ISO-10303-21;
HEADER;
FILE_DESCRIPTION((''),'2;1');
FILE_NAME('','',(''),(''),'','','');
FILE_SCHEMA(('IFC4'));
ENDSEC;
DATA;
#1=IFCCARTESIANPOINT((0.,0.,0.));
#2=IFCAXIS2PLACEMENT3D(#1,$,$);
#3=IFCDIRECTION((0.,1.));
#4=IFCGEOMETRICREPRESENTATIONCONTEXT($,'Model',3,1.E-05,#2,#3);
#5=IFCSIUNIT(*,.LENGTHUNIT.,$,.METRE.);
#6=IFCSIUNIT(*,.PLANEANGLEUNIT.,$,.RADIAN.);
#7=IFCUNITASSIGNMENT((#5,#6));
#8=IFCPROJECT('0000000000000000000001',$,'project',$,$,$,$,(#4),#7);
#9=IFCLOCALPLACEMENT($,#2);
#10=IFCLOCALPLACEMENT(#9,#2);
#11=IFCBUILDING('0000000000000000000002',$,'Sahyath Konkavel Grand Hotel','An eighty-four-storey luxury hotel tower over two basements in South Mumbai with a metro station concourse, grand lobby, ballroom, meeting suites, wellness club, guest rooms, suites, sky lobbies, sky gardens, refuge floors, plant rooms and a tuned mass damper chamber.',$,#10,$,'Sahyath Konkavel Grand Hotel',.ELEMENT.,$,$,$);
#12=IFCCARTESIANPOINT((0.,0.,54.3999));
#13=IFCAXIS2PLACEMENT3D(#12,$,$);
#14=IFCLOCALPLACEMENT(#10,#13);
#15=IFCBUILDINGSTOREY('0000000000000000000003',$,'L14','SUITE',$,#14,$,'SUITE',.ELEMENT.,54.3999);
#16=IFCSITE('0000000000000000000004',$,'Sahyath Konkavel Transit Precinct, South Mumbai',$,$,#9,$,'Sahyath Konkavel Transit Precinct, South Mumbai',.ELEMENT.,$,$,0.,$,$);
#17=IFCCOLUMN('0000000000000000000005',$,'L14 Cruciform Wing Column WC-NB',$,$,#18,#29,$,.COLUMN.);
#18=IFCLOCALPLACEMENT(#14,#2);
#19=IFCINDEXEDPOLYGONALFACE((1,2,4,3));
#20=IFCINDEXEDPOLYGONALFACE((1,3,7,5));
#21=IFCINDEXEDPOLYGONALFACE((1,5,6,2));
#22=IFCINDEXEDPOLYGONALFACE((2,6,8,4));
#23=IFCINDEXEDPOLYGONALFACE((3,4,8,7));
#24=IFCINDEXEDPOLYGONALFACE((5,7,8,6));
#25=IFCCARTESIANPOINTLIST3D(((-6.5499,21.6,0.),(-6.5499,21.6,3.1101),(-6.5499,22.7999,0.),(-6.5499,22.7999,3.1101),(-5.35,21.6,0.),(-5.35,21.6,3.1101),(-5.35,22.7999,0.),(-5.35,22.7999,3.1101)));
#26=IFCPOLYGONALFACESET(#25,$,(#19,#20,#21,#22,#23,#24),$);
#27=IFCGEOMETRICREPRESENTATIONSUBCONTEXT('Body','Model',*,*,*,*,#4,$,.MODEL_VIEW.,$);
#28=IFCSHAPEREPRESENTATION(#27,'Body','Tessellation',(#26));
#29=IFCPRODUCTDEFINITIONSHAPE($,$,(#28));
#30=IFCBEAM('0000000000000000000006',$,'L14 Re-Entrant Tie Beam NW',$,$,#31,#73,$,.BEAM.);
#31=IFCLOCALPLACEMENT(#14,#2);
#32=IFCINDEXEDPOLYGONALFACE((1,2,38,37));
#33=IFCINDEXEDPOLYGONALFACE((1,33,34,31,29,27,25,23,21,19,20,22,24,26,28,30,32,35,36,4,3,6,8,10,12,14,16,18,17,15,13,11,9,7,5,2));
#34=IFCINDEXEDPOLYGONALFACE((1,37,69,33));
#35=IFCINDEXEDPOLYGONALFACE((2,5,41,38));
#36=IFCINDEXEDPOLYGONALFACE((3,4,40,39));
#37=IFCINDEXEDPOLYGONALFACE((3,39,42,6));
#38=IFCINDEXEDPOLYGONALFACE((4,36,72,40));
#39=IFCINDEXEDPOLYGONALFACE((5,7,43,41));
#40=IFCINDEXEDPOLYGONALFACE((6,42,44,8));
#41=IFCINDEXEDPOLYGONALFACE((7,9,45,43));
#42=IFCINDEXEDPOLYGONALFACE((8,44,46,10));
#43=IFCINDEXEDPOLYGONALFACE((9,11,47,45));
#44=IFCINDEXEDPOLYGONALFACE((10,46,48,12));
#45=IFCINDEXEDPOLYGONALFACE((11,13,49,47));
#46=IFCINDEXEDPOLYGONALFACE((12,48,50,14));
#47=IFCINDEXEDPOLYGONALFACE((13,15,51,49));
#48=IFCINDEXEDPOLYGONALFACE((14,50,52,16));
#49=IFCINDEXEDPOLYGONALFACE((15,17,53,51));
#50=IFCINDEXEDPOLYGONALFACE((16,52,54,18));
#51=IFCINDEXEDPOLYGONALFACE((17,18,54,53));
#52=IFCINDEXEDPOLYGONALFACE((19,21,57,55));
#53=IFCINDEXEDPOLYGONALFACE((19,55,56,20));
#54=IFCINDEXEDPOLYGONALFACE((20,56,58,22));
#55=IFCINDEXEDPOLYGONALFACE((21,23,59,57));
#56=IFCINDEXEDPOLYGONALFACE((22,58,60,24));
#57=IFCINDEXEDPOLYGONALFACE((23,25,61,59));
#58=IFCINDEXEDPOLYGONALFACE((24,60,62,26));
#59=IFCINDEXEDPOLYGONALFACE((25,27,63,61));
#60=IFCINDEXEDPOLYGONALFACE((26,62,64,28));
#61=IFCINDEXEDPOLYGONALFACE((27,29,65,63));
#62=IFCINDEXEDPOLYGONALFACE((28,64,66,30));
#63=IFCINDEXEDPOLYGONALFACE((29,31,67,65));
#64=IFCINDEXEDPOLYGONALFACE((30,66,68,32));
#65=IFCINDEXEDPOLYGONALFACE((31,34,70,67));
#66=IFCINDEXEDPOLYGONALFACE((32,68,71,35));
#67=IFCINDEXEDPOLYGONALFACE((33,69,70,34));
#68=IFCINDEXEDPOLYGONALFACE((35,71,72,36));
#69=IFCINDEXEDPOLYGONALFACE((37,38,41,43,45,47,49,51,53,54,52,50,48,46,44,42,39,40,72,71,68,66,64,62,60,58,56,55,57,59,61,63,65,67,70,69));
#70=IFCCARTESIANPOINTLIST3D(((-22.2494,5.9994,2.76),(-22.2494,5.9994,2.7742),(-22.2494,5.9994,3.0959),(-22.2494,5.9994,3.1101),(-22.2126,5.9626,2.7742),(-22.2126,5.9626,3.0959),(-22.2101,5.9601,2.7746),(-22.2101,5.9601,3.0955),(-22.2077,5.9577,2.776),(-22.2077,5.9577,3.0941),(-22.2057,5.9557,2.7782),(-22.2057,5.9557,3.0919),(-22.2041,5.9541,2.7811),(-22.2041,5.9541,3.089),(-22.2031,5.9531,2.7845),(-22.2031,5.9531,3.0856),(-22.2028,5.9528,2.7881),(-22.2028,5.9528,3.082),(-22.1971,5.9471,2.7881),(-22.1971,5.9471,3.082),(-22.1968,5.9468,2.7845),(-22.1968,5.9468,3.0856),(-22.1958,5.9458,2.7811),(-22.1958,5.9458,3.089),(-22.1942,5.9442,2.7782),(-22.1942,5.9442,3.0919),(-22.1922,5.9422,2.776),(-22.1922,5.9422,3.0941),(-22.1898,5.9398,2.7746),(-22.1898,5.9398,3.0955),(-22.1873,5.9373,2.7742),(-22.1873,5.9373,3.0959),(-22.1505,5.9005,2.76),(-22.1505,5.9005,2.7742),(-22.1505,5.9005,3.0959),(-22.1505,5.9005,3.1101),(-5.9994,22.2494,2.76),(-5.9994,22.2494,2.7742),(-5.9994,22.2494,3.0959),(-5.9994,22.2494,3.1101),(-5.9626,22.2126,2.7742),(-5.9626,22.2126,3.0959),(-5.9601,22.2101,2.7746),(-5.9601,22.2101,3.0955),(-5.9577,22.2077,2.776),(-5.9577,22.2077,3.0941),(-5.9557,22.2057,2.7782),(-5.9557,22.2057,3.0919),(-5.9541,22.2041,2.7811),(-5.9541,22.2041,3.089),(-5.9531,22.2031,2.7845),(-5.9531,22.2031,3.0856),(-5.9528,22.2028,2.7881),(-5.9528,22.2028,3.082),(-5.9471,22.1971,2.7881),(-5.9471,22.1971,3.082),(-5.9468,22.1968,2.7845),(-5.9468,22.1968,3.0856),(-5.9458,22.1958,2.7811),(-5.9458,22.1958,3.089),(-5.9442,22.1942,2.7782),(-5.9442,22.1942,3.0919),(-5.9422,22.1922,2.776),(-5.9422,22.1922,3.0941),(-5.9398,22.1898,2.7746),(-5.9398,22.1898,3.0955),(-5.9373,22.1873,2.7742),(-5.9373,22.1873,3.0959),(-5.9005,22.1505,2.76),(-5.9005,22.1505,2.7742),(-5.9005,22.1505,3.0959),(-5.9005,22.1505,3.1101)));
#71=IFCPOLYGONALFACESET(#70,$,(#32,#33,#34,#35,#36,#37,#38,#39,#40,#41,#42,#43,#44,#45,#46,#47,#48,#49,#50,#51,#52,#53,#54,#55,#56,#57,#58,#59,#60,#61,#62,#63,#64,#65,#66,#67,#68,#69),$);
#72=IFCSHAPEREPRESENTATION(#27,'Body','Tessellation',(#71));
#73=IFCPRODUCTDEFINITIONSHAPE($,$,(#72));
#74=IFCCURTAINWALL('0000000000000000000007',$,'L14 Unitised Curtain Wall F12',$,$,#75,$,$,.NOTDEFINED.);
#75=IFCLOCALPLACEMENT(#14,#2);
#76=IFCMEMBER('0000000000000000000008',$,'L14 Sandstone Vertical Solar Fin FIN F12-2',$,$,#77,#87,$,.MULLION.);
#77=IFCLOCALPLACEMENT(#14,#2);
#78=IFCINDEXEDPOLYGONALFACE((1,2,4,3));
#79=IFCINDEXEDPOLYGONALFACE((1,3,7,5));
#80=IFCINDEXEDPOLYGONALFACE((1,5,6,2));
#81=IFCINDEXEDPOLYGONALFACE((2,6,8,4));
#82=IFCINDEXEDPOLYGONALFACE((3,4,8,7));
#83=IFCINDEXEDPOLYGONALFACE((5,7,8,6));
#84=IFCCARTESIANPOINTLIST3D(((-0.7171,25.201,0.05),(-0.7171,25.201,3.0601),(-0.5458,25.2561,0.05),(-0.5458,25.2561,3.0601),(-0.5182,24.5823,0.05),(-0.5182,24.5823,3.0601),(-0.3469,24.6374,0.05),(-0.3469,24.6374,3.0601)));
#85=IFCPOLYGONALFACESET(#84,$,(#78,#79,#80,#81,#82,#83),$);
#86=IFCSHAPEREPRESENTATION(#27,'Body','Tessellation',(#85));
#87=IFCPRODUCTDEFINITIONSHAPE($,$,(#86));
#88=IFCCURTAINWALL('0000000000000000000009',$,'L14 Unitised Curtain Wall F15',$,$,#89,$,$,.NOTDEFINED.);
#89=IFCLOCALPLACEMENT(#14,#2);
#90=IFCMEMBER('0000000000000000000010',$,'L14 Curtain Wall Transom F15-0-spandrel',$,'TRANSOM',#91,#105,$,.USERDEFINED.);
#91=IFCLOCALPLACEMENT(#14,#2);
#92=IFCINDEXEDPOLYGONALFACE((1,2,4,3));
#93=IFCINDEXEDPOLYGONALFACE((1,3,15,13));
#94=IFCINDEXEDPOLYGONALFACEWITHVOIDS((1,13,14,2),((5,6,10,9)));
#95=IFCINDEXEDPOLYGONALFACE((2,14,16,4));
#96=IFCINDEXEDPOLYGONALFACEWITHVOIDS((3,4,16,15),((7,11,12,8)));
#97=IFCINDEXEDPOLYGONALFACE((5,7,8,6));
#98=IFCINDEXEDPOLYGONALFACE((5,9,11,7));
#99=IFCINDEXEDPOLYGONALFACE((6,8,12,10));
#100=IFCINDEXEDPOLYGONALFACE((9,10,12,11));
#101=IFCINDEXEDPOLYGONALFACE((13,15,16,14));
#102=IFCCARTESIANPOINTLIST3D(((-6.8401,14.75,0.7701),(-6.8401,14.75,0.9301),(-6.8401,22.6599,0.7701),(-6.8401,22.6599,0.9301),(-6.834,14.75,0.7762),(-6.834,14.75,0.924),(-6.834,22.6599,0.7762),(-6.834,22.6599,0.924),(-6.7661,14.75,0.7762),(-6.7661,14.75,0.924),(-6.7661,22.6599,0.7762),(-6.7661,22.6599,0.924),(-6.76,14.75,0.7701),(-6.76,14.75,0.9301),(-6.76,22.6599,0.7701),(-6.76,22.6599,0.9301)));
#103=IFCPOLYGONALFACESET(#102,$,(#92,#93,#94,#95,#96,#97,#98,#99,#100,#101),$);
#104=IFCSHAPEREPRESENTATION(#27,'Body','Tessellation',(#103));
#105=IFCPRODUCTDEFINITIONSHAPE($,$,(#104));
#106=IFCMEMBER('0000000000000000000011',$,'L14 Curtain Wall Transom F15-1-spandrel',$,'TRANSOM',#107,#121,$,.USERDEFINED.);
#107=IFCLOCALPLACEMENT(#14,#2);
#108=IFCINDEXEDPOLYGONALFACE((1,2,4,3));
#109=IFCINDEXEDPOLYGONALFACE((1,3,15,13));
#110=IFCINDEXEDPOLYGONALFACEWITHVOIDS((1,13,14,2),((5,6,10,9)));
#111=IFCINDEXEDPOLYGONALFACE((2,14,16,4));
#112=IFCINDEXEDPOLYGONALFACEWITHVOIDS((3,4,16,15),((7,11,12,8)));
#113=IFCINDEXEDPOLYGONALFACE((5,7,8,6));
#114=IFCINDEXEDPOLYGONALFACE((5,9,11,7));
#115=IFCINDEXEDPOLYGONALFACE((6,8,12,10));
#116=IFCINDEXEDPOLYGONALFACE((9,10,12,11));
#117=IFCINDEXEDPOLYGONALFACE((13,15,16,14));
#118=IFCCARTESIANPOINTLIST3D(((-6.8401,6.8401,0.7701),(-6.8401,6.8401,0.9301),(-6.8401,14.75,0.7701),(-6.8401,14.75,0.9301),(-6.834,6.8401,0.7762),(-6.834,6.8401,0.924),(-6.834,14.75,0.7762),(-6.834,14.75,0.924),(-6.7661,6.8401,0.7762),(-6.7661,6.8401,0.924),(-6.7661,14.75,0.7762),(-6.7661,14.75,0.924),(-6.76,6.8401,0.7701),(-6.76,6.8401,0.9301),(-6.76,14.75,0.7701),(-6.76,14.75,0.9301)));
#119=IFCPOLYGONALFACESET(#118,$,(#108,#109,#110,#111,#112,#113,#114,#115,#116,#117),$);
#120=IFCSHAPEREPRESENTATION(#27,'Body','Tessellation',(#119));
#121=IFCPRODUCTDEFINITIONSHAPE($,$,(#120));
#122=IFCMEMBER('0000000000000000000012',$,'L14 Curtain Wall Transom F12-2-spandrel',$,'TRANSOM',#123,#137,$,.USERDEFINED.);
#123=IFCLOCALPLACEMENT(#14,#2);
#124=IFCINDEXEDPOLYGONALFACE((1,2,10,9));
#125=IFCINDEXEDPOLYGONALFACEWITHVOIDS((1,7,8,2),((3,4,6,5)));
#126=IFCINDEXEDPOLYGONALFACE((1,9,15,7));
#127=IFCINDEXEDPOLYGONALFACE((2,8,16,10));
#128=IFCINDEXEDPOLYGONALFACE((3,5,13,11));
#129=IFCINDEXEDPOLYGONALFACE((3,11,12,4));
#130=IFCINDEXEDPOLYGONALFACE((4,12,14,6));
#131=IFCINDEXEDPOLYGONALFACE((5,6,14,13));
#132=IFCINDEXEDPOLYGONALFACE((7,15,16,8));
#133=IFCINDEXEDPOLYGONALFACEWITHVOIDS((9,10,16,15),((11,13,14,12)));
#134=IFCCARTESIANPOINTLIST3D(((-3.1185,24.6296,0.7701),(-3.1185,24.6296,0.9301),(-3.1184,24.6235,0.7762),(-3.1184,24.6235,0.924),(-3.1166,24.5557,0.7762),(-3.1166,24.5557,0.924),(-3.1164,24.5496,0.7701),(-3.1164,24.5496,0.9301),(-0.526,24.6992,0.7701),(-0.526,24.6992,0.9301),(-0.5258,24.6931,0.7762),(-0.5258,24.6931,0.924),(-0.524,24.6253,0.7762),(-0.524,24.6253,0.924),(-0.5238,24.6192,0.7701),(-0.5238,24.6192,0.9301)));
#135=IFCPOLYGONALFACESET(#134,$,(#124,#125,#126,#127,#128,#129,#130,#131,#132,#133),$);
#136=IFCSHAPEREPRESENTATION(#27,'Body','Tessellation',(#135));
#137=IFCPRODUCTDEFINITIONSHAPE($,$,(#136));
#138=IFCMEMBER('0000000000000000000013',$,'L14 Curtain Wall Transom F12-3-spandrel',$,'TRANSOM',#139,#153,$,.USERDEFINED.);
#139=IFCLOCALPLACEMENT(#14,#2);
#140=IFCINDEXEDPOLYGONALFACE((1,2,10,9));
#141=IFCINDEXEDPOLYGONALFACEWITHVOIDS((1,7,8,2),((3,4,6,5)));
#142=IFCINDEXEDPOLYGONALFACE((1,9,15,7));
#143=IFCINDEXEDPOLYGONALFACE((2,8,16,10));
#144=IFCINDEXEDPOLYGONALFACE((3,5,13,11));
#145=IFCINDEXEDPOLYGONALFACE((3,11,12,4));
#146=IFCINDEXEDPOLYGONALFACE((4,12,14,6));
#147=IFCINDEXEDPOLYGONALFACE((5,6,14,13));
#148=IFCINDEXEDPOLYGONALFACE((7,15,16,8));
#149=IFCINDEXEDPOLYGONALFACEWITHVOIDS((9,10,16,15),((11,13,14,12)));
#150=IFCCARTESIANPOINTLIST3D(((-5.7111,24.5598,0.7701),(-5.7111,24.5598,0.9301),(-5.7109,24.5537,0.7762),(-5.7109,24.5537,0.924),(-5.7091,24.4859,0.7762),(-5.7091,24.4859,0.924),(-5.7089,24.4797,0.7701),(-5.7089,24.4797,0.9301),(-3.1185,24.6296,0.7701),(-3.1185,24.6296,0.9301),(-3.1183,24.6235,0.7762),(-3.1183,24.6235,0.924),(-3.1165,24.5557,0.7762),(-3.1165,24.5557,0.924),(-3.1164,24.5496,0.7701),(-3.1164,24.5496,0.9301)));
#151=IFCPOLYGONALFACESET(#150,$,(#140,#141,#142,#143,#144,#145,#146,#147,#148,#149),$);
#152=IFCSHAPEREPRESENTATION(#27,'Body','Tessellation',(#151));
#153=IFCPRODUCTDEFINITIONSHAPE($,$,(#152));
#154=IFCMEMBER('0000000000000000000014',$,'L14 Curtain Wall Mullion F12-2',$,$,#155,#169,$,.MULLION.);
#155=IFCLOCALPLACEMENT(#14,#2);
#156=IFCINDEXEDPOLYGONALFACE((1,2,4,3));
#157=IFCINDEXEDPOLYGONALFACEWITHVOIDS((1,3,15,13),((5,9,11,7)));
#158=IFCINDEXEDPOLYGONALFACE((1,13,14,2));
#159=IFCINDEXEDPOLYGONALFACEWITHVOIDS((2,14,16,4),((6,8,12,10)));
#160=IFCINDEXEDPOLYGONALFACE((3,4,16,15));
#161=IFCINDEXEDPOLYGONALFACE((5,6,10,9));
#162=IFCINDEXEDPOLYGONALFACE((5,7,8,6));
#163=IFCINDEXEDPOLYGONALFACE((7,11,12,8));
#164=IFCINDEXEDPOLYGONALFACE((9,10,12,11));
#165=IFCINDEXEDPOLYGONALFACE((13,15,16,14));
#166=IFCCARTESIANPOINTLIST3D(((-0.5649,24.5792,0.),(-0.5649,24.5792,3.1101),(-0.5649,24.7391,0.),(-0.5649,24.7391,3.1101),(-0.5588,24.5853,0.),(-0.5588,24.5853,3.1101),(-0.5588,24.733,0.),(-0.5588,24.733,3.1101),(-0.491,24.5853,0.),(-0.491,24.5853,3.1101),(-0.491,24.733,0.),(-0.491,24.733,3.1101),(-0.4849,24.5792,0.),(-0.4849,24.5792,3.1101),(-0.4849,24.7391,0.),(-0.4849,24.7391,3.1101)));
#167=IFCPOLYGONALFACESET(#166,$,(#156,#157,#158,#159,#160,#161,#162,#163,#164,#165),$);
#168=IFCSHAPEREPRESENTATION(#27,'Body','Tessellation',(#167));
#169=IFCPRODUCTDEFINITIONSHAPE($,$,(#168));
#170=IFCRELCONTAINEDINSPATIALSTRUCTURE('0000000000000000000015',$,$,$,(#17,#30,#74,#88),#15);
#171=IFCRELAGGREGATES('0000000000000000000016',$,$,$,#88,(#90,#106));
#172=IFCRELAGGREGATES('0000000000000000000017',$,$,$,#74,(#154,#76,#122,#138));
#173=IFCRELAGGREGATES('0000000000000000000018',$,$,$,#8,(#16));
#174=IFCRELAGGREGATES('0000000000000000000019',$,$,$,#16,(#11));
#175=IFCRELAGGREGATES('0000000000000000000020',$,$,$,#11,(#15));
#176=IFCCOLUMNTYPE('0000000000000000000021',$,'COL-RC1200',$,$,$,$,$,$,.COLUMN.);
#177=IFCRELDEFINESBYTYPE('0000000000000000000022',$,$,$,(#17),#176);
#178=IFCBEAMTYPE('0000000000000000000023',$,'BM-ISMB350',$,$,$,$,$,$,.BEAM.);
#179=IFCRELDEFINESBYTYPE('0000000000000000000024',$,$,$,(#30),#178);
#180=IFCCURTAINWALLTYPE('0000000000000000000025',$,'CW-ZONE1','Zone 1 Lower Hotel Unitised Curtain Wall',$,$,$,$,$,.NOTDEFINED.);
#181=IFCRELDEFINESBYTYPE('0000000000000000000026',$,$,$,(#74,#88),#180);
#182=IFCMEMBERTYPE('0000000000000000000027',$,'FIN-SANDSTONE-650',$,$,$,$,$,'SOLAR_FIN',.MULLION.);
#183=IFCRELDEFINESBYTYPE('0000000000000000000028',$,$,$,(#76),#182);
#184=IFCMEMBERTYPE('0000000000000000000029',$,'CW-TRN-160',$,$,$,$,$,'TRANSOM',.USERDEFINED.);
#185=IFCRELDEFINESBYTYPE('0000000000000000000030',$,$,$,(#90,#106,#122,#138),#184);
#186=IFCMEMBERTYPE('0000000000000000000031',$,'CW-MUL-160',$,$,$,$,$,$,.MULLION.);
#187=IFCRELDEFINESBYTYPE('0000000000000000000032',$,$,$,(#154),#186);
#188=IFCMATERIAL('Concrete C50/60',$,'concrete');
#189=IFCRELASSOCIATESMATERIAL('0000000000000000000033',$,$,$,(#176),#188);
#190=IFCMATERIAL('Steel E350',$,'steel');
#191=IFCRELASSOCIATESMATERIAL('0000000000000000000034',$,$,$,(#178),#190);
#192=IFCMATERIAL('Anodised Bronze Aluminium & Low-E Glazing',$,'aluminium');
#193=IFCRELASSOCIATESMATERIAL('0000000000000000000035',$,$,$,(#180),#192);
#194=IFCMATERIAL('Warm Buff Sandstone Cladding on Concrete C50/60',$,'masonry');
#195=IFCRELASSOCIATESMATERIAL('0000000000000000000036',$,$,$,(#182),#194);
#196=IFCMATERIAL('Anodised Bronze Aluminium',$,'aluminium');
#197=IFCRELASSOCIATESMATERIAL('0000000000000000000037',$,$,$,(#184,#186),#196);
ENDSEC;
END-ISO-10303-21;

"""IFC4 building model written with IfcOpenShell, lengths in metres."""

from ifc_helpers import new_model, si_unit, direction, frame, origin, origin_2d, place, context, subcontext, project, spatial, rectangle, hollow_rectangle, i_section, extrude, source, transform, mapped, material, material_profile, profile_set, type_object, element, aggregate, save


model = new_model("IFC4")

# Units and contexts
model_context = context("Model", 3, precision=1e-05, world=origin(), true_north=direction((0.0, 1.0)))
body_context = subcontext(model_context, "Body", "Model", "MODEL_VIEW")
ifc_project = project(units=[si_unit("LENGTHUNIT", "METRE"), si_unit("PLANEANGLEUNIT", "RADIAN")], contexts=[model_context])

# Site, building, storey
site_placement = place(None, origin())
site = spatial("IfcSite", under=ifc_project, at=site_placement, Name="Sahyath Konkavel Transit Precinct, South Mumbai", LongName="Sahyath Konkavel Transit Precinct, South Mumbai", CompositionType="ELEMENT", RefElevation=0.0)
building_placement = place(site_placement, origin())
building = spatial("IfcBuilding", under=site, at=building_placement, Name="Sahyath Konkavel Grand Hotel", Description="An eighty-four-storey luxury hotel tower over two basements in South Mumbai with a metro station concourse, grand lobby, ballroom, meeting suites, wellness club, guest rooms, suites, sky lobbies, sky gardens, refuge floors, plant rooms and a tuned mass damper chamber.", LongName="Sahyath Konkavel Grand Hotel", CompositionType="ELEMENT")
storey_placement = place(building_placement, frame((0.0, 0.0, 54.3999)))
storey = spatial("IfcBuildingStorey", under=building, at=storey_placement, Name="L14", Description="SUITE", LongName="SUITE", CompositionType="ELEMENT", Elevation=54.3999)

# Column
ifc_material_1 = material(Name="Concrete C50/60", Category="concrete")
ifc_material_profile_1 = material_profile(ifc_material_1, rectangle(XDim=1.2, YDim=1.2, at=origin_2d()), Name="RC 1200x1200")
ifc_profile_set_1 = profile_set([ifc_material_profile_1], Name="Concrete C50/60")
column_type = type_object("IfcColumnType", Name="COL-RC1200", PredefinedType="COLUMN", material=ifc_profile_set_1)
shared_shape_1 = source(origin(), body_context, "Body", "SweptSolid", [
    extrude(rectangle(XDim=1.2, YDim=1.2, at=origin_2d()), origin(), (0.0, 0.0, 1.0), 3.1101),
])
column_placement = place(storey_placement, frame((-5.95, 22.2, 0.0), z_axis=(0.0, 0.0, 1.0), x_axis=(1.0, 0.0, 0.0)))
element("IfcColumn", 1, at=column_placement, inside=storey, type_object=column_type, Name="L14 Cruciform Wing Column WC-NB", PredefinedType="COLUMN", context=body_context, shape_type="MappedRepresentation", body=[
    mapped(shared_shape_1, transform((0.0, 0.0, 0.0), scale=1.0)),
])

# Beam
ifc_material_2 = material(Name="Steel E350", Category="steel")
ifc_material_profile_2 = material_profile(ifc_material_2, i_section(OverallWidth=0.1399, OverallDepth=0.3501, WebThickness=0.0081, FlangeThickness=0.0142, FilletRadius=0.0139, at=origin_2d()), Name="ISMB 350")
ifc_profile_set_2 = profile_set([ifc_material_profile_2], Name="Steel E350")
beam_type = type_object("IfcBeamType", Name="BM-ISMB350", PredefinedType="BEAM", material=ifc_profile_set_2)
shared_shape_2 = source(origin(), body_context, "Body", "SweptSolid", [
    extrude(i_section(OverallWidth=0.1399, OverallDepth=0.3501, WebThickness=0.0081, FlangeThickness=0.0142, FilletRadius=0.0139, at=origin_2d()), origin(), (0.0, 0.0, 1.0), 22.981),
])
beam_placement = place(storey_placement, frame((-5.95, 22.2, 2.9351), z_axis=(-0.707107, -0.707107, 0.0), x_axis=(0.707107, -0.707107, 0.0)))
element("IfcBeam", 2, at=beam_placement, inside=storey, type_object=beam_type, Name="L14 Re-Entrant Tie Beam NW", PredefinedType="BEAM", context=body_context, shape_type="MappedRepresentation", body=[
    mapped(shared_shape_2, transform((0.0, 0.0, 0.0), scale=1.0)),
])

# Curtain wall, member
ifc_material_3 = material(Name="Anodised Bronze Aluminium & Low-E Glazing", Category="aluminium")
curtain_wall_type = type_object("IfcCurtainWallType", Name="CW-ZONE1", Description="Zone 1 Lower Hotel Unitised Curtain Wall", PredefinedType="NOTDEFINED", material=ifc_material_3)
curtain_wall_1_placement = place(storey_placement, origin())
curtain_wall_1 = element("IfcCurtainWall", 3, at=curtain_wall_1_placement, inside=storey, type_object=curtain_wall_type, Name="L14 Unitised Curtain Wall F12", PredefinedType="NOTDEFINED")
ifc_material_4 = material(Name="Warm Buff Sandstone Cladding on Concrete C50/60", Category="masonry")
ifc_material_profile_3 = material_profile(ifc_material_4, rectangle(XDim=0.1799, YDim=0.6499, at=origin_2d()), Name="FIN 180x650")
ifc_profile_set_3 = profile_set([ifc_material_profile_3], Name="Warm Buff Sandstone Cladding on Concrete C50/60")
member_type_1 = type_object("IfcMemberType", Name="FIN-SANDSTONE-650", ElementType="SOLAR_FIN", PredefinedType="MULLION", material=ifc_profile_set_3)
shared_shape_3 = source(origin(), body_context, "Body", "SweptSolid", [
    extrude(rectangle(XDim=0.1799, YDim=0.6499, at=origin_2d()), origin(), (0.0, 0.0, 1.0), 3.01),
])
member_1_placement = place(storey_placement, frame((-0.532, 24.9192, 0.05), z_axis=(0.0, 0.0, 1.0), x_axis=(0.952023, 0.306028, 0.0)))
member_1 = element("IfcMember", 4, at=member_1_placement, type_object=member_type_1, Name="L14 Sandstone Vertical Solar Fin FIN F12-2", PredefinedType="MULLION", context=body_context, shape_type="MappedRepresentation", body=[
    mapped(shared_shape_3, transform((0.0, 0.0, 0.0), scale=1.0)),
])

# Curtain wall, members
curtain_wall_2_placement = place(storey_placement, origin())
curtain_wall_2 = element("IfcCurtainWall", 5, at=curtain_wall_2_placement, inside=storey, type_object=curtain_wall_type, Name="L14 Unitised Curtain Wall F15", PredefinedType="NOTDEFINED")
ifc_material_5 = material(Name="Anodised Bronze Aluminium", Category="aluminium")
ifc_material_profile_4 = material_profile(ifc_material_5, hollow_rectangle(XDim=0.0801, YDim=0.1599, WallThickness=0.0061, at=origin_2d()), Name="RHS 160x80x6")
ifc_profile_set_4 = profile_set([ifc_material_profile_4], Name="Anodised Bronze Aluminium")
member_type_2 = type_object("IfcMemberType", Name="CW-TRN-160", ElementType="TRANSOM", PredefinedType="USERDEFINED", material=ifc_profile_set_4)
shared_shape_4 = source(origin(), body_context, "Body", "SweptSolid", [
    extrude(hollow_rectangle(XDim=0.0801, YDim=0.1599, WallThickness=0.0061, at=origin_2d()), origin(), (0.0, 0.0, 1.0), 7.9099),
])
member_2_placement = place(storey_placement, frame((-6.8, 22.6599, 0.8501), z_axis=(0.0, -1.0, 0.0), x_axis=(1.0, 0.0, 0.0)))
member_2 = element("IfcMember", 6, at=member_2_placement, type_object=member_type_2, Name="L14 Curtain Wall Transom F15-0-spandrel", ObjectType="TRANSOM", PredefinedType="USERDEFINED", context=body_context, shape_type="MappedRepresentation", body=[
    mapped(shared_shape_4, transform((0.0, 0.0, 0.0), scale=1.0)),
])
member_3_placement = place(storey_placement, frame((-6.8, 14.75, 0.8501), z_axis=(0.0, -1.0, 0.0), x_axis=(1.0, 0.0, 0.0)))
member_3 = element("IfcMember", 7, at=member_3_placement, type_object=member_type_2, Name="L14 Curtain Wall Transom F15-1-spandrel", ObjectType="TRANSOM", PredefinedType="USERDEFINED", context=body_context, shape_type="MappedRepresentation", body=[
    mapped(shared_shape_4, transform((0.0, 0.0, 0.0), scale=1.0)),
])

# Members
shared_shape_5 = source(origin(), body_context, "Body", "SweptSolid", [
    extrude(hollow_rectangle(XDim=0.0801, YDim=0.1599, WallThickness=0.0061, at=origin_2d()), origin(), (0.0, 0.0, 1.0), 2.5935),
])
member_4_placement = place(storey_placement, frame((-0.5249, 24.6592, 0.8501), z_axis=(-0.99964, -0.026829, 0.0), x_axis=(0.026829, -0.99964, 0.0)))
member_4 = element("IfcMember", 8, at=member_4_placement, type_object=member_type_2, Name="L14 Curtain Wall Transom F12-2-spandrel", ObjectType="TRANSOM", PredefinedType="USERDEFINED", context=body_context, shape_type="MappedRepresentation", body=[
    mapped(shared_shape_5, transform((0.0, 0.0, 0.0), scale=1.0)),
])
member_5_placement = place(storey_placement, frame((-3.1174, 24.5896, 0.8501), z_axis=(-0.999638, -0.026923, 0.0), x_axis=(0.026923, -0.999638, 0.0)))
member_5 = element("IfcMember", 9, at=member_5_placement, type_object=member_type_2, Name="L14 Curtain Wall Transom F12-3-spandrel", ObjectType="TRANSOM", PredefinedType="USERDEFINED", context=body_context, shape_type="MappedRepresentation", body=[
    mapped(shared_shape_5, transform((0.0, 0.0, 0.0), scale=1.0)),
])
ifc_material_profile_5 = material_profile(ifc_material_5, hollow_rectangle(XDim=0.0801, YDim=0.1599, WallThickness=0.0061, at=origin_2d()), Name="RHS 160x80x6")
ifc_profile_set_5 = profile_set([ifc_material_profile_5], Name="Anodised Bronze Aluminium")
member_type_3 = type_object("IfcMemberType", Name="CW-MUL-160", PredefinedType="MULLION", material=ifc_profile_set_5)
shared_shape_6 = source(origin(), body_context, "Body", "SweptSolid", [
    extrude(hollow_rectangle(XDim=0.0801, YDim=0.1599, WallThickness=0.0061, at=origin_2d()), origin(), (0.0, 0.0, 1.0), 3.1101),
])
member_6_placement = place(storey_placement, frame((-0.5249, 24.6592, 0.0), z_axis=(0.0, 0.0, 1.0), x_axis=(1.0, 0.0, 0.0)))
member_6 = element("IfcMember", 10, at=member_6_placement, type_object=member_type_3, Name="L14 Curtain Wall Mullion F12-2", PredefinedType="MULLION", context=body_context, shape_type="MappedRepresentation", body=[
    mapped(shared_shape_6, transform((0.0, 0.0, 0.0), scale=1.0)),
])

aggregate(curtain_wall_2, [member_2, member_3])
aggregate(curtain_wall_1, [member_6, member_1, member_4, member_5])

save(model, "model.ifc")
